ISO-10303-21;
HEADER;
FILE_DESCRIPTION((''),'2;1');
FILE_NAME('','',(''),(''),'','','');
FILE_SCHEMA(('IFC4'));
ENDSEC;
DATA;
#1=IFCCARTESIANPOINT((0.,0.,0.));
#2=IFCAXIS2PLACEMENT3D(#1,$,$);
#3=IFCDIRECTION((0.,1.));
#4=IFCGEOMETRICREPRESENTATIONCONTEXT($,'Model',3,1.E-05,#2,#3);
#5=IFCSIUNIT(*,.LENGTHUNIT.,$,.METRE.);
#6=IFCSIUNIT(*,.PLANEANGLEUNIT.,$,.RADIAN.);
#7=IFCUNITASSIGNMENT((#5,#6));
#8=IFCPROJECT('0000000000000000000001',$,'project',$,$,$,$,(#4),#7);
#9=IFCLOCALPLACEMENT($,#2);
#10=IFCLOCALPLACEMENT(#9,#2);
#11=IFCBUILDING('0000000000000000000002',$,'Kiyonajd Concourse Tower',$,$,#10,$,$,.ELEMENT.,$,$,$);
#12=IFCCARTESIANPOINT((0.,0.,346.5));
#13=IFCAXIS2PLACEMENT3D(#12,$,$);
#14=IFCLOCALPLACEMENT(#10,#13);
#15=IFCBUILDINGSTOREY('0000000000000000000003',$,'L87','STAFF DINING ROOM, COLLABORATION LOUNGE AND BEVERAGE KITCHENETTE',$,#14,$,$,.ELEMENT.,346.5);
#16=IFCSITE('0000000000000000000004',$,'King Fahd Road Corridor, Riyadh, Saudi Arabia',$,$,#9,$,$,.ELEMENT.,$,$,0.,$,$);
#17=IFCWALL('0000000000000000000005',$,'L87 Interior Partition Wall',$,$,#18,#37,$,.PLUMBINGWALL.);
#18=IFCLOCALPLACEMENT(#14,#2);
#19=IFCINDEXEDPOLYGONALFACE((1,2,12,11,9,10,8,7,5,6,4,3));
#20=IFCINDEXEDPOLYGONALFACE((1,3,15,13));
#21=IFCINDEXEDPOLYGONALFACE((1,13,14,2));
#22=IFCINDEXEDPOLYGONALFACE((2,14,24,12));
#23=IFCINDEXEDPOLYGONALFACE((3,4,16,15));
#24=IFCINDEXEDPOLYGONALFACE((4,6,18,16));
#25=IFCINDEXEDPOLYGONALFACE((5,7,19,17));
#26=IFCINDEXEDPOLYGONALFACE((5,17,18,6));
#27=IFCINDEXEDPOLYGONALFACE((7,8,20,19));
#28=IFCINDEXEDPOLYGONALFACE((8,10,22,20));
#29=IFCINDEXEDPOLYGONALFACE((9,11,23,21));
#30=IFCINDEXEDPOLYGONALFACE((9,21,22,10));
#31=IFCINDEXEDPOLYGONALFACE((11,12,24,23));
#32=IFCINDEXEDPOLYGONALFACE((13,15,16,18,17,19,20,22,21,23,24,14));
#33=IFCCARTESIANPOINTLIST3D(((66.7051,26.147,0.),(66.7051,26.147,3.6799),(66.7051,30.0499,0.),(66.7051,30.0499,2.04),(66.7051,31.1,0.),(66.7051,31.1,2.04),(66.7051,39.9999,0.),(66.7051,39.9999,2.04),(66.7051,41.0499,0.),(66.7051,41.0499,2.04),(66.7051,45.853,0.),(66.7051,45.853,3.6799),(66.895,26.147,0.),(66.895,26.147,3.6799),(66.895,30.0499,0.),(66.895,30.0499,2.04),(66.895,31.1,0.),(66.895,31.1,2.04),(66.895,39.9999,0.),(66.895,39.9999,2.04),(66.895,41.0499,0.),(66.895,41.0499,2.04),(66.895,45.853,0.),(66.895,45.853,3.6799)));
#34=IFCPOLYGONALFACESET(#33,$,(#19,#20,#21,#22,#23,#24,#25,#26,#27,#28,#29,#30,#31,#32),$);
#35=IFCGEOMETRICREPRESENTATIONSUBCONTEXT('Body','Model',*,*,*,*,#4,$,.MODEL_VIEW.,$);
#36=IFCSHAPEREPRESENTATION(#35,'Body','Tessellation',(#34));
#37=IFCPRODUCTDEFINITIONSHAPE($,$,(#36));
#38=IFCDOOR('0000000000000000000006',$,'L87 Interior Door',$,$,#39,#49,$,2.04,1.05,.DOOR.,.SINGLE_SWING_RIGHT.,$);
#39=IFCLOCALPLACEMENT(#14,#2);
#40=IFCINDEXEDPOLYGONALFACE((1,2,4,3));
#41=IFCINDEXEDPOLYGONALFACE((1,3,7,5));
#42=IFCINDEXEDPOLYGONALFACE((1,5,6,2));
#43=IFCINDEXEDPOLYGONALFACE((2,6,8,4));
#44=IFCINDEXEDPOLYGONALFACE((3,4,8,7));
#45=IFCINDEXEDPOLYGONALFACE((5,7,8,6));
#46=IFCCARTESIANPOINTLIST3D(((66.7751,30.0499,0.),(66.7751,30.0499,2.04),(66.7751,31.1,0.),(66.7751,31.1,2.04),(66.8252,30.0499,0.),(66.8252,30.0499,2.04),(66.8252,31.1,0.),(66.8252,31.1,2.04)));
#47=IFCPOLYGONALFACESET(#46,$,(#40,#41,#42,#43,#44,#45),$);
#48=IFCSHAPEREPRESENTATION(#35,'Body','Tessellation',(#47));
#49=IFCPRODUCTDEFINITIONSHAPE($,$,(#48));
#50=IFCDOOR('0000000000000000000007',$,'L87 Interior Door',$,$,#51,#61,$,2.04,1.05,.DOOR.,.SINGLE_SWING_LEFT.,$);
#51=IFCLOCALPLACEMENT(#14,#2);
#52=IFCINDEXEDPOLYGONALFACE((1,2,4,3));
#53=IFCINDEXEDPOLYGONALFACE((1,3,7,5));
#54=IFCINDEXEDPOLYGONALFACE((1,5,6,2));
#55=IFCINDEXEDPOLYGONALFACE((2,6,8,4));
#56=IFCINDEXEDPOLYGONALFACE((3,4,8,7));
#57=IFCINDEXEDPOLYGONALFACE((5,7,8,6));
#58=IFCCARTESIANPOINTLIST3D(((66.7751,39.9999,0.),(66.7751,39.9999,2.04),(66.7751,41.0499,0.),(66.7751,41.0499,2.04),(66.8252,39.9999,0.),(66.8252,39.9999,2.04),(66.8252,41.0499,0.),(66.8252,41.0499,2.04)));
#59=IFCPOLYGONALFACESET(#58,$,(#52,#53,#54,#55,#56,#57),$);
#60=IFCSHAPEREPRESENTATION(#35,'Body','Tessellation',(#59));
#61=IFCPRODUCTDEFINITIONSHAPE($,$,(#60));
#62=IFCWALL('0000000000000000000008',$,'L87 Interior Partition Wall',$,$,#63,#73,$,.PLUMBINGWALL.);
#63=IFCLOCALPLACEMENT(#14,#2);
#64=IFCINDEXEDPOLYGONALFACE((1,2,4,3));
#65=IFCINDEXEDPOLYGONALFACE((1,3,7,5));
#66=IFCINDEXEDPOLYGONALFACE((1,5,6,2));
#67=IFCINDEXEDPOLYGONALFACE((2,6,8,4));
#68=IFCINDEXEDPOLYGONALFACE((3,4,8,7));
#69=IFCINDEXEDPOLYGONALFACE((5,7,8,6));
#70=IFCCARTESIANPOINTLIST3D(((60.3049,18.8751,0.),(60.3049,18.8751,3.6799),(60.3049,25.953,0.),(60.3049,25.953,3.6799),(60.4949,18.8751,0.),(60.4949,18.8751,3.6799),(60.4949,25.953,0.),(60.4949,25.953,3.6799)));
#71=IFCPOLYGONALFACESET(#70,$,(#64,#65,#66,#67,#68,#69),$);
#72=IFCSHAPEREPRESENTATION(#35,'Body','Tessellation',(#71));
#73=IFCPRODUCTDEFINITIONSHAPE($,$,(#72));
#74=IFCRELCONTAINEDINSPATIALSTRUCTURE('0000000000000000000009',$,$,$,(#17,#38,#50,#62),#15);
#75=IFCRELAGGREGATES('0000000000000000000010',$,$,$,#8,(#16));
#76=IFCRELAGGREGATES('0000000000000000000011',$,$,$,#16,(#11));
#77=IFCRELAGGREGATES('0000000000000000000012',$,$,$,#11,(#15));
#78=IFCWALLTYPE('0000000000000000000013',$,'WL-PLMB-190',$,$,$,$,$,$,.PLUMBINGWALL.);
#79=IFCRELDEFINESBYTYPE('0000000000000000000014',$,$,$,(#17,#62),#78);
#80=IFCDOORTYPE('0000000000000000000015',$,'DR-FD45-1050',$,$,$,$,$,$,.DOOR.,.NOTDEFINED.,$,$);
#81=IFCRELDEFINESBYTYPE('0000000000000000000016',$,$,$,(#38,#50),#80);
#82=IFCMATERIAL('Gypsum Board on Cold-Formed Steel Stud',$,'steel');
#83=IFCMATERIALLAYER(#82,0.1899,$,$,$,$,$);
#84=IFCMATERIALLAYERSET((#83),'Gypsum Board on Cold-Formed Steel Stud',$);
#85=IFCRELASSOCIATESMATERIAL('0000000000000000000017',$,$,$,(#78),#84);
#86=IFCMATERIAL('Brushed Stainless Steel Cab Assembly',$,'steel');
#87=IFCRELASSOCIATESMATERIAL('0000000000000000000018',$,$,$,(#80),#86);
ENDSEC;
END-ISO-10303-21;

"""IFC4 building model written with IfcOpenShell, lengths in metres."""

from ifc_helpers import new_model, si_unit, direction, frame, frame_2d, origin, place, context, subcontext, project, spatial, rectangle, extrude, material, layer, layer_set, type_object, element, fill, save


model = new_model("IFC4")

# Units and contexts
model_context = context("Model", 3, precision=1e-05, world=origin(), true_north=direction((0.0, 1.0)))
body_context = subcontext(model_context, "Body", "Model", "MODEL_VIEW")
ifc_project = project(units=[si_unit("LENGTHUNIT", "METRE"), si_unit("PLANEANGLEUNIT", "RADIAN")], contexts=[model_context])

# Site, building, storey
site_placement = place(None, origin())
site = spatial("IfcSite", under=ifc_project, at=site_placement, Name="King Fahd Road Corridor, Riyadh, Saudi Arabia", CompositionType="ELEMENT", RefElevation=0.0)
building_placement = place(site_placement, origin())
building = spatial("IfcBuilding", under=site, at=building_placement, Name="Kiyonajd Concourse Tower", CompositionType="ELEMENT")
storey_placement = place(building_placement, frame((0.0, 0.0, 346.5)))
storey = spatial("IfcBuildingStorey", under=building, at=storey_placement, Name="L87", Description="STAFF DINING ROOM, COLLABORATION LOUNGE AND BEVERAGE KITCHENETTE", CompositionType="ELEMENT", Elevation=346.5)

# Wall, openings, doors
ifc_material_1 = material(Name="Gypsum Board on Cold-Formed Steel Stud", Category="steel")
ifc_layer_1 = layer(ifc_material_1, 0.1899)
ifc_layer_set_1 = layer_set([ifc_layer_1], Name="Gypsum Board on Cold-Formed Steel Stud")
wall_type_1 = type_object("IfcWallType", Name="WL-PLMB-190", PredefinedType="PLUMBINGWALL", material=ifc_layer_set_1)
wall_1_placement = place(storey_placement, frame((66.8, 26.147, 0.0), z_axis=(0.0, 0.0, 1.0), x_axis=(0.0, 1.0, 0.0)))
wall_1 = element("IfcWall", 1, at=wall_1_placement, inside=storey, type_object=wall_type_1, Name="L87 Interior Partition Wall", PredefinedType="PLUMBINGWALL", context=body_context, shape_type="SweptSolid", body=[
    extrude(rectangle(XDim=19.7061, YDim=0.1899, at=frame_2d((9.853, 0.0))), origin(), (0.0, 0.0, 1.0), 3.6799),
])
opening_1_placement = place(wall_1_placement, frame((3.9031, 0.0, 0.0)))
opening_1 = element("IfcOpeningElement", 2, at=opening_1_placement, cuts=wall_1, PredefinedType="OPENING", context=body_context, shape_type="SweptSolid", body=[
    extrude(rectangle(XDim=1.05, YDim=2.04, at=frame_2d((0.5249, 1.02))), frame((0.0, 0.105, 0.0), z_axis=(0.0, -1.0, 0.0), x_axis=(1.0, 0.0, 0.0)), (0.0, 0.0, 1.0), 0.21),
])
opening_2_placement = place(wall_1_placement, frame((13.853, 0.0, 0.0)))
opening_2 = element("IfcOpeningElement", 3, at=opening_2_placement, cuts=wall_1, PredefinedType="OPENING", context=body_context, shape_type="SweptSolid", body=[
    extrude(rectangle(XDim=1.05, YDim=2.04, at=frame_2d((0.5249, 1.02))), frame((0.0, 0.105, 0.0), z_axis=(0.0, -1.0, 0.0), x_axis=(1.0, 0.0, 0.0)), (0.0, 0.0, 1.0), 0.21),
])
ifc_material_2 = material(Name="Brushed Stainless Steel Cab Assembly", Category="steel")
door_type = type_object("IfcDoorType", Name="DR-FD45-1050", OperationType="NOTDEFINED", PredefinedType="DOOR", material=ifc_material_2)
door_1_placement = place(opening_1_placement, origin())
door_1 = element("IfcDoor", 4, at=door_1_placement, inside=storey, type_object=door_type, Name="L87 Interior Door", OperationType="SINGLE_SWING_RIGHT", OverallHeight=2.04, OverallWidth=1.05, PredefinedType="DOOR", context=body_context, shape_type="SweptSolid", body=[
    extrude(rectangle(XDim=1.05, YDim=2.04, at=frame_2d((0.5249, 1.02))), frame((0.0, 0.0249, 0.0), z_axis=(0.0, -1.0, 0.0), x_axis=(1.0, 0.0, 0.0)), (0.0, 0.0, 1.0), 0.05),
])
fill(opening_1, door_1)
door_2_placement = place(opening_2_placement, origin())
door_2 = element("IfcDoor", 5, at=door_2_placement, inside=storey, type_object=door_type, Name="L87 Interior Door", OperationType="SINGLE_SWING_LEFT", OverallHeight=2.04, OverallWidth=1.05, PredefinedType="DOOR", context=body_context, shape_type="SweptSolid", body=[
    extrude(rectangle(XDim=1.05, YDim=2.04, at=frame_2d((0.5249, 1.02))), frame((0.0, 0.0249, 0.0), z_axis=(0.0, -1.0, 0.0), x_axis=(1.0, 0.0, 0.0)), (0.0, 0.0, 1.0), 0.05),
])
fill(opening_2, door_2)

# Wall
wall_2_placement = place(storey_placement, frame((60.3999, 18.875, 0.0), z_axis=(0.0, 0.0, 1.0), x_axis=(0.0, 1.0, 0.0)))
element("IfcWall", 6, at=wall_2_placement, inside=storey, type_object=wall_type_1, Name="L87 Interior Partition Wall", PredefinedType="PLUMBINGWALL", context=body_context, shape_type="SweptSolid", body=[
    extrude(rectangle(XDim=7.0779, YDim=0.1899, at=frame_2d((3.5391, 0.0))), origin(), (0.0, 0.0, 1.0), 3.6799),
])

save(model, "model.ifc")
